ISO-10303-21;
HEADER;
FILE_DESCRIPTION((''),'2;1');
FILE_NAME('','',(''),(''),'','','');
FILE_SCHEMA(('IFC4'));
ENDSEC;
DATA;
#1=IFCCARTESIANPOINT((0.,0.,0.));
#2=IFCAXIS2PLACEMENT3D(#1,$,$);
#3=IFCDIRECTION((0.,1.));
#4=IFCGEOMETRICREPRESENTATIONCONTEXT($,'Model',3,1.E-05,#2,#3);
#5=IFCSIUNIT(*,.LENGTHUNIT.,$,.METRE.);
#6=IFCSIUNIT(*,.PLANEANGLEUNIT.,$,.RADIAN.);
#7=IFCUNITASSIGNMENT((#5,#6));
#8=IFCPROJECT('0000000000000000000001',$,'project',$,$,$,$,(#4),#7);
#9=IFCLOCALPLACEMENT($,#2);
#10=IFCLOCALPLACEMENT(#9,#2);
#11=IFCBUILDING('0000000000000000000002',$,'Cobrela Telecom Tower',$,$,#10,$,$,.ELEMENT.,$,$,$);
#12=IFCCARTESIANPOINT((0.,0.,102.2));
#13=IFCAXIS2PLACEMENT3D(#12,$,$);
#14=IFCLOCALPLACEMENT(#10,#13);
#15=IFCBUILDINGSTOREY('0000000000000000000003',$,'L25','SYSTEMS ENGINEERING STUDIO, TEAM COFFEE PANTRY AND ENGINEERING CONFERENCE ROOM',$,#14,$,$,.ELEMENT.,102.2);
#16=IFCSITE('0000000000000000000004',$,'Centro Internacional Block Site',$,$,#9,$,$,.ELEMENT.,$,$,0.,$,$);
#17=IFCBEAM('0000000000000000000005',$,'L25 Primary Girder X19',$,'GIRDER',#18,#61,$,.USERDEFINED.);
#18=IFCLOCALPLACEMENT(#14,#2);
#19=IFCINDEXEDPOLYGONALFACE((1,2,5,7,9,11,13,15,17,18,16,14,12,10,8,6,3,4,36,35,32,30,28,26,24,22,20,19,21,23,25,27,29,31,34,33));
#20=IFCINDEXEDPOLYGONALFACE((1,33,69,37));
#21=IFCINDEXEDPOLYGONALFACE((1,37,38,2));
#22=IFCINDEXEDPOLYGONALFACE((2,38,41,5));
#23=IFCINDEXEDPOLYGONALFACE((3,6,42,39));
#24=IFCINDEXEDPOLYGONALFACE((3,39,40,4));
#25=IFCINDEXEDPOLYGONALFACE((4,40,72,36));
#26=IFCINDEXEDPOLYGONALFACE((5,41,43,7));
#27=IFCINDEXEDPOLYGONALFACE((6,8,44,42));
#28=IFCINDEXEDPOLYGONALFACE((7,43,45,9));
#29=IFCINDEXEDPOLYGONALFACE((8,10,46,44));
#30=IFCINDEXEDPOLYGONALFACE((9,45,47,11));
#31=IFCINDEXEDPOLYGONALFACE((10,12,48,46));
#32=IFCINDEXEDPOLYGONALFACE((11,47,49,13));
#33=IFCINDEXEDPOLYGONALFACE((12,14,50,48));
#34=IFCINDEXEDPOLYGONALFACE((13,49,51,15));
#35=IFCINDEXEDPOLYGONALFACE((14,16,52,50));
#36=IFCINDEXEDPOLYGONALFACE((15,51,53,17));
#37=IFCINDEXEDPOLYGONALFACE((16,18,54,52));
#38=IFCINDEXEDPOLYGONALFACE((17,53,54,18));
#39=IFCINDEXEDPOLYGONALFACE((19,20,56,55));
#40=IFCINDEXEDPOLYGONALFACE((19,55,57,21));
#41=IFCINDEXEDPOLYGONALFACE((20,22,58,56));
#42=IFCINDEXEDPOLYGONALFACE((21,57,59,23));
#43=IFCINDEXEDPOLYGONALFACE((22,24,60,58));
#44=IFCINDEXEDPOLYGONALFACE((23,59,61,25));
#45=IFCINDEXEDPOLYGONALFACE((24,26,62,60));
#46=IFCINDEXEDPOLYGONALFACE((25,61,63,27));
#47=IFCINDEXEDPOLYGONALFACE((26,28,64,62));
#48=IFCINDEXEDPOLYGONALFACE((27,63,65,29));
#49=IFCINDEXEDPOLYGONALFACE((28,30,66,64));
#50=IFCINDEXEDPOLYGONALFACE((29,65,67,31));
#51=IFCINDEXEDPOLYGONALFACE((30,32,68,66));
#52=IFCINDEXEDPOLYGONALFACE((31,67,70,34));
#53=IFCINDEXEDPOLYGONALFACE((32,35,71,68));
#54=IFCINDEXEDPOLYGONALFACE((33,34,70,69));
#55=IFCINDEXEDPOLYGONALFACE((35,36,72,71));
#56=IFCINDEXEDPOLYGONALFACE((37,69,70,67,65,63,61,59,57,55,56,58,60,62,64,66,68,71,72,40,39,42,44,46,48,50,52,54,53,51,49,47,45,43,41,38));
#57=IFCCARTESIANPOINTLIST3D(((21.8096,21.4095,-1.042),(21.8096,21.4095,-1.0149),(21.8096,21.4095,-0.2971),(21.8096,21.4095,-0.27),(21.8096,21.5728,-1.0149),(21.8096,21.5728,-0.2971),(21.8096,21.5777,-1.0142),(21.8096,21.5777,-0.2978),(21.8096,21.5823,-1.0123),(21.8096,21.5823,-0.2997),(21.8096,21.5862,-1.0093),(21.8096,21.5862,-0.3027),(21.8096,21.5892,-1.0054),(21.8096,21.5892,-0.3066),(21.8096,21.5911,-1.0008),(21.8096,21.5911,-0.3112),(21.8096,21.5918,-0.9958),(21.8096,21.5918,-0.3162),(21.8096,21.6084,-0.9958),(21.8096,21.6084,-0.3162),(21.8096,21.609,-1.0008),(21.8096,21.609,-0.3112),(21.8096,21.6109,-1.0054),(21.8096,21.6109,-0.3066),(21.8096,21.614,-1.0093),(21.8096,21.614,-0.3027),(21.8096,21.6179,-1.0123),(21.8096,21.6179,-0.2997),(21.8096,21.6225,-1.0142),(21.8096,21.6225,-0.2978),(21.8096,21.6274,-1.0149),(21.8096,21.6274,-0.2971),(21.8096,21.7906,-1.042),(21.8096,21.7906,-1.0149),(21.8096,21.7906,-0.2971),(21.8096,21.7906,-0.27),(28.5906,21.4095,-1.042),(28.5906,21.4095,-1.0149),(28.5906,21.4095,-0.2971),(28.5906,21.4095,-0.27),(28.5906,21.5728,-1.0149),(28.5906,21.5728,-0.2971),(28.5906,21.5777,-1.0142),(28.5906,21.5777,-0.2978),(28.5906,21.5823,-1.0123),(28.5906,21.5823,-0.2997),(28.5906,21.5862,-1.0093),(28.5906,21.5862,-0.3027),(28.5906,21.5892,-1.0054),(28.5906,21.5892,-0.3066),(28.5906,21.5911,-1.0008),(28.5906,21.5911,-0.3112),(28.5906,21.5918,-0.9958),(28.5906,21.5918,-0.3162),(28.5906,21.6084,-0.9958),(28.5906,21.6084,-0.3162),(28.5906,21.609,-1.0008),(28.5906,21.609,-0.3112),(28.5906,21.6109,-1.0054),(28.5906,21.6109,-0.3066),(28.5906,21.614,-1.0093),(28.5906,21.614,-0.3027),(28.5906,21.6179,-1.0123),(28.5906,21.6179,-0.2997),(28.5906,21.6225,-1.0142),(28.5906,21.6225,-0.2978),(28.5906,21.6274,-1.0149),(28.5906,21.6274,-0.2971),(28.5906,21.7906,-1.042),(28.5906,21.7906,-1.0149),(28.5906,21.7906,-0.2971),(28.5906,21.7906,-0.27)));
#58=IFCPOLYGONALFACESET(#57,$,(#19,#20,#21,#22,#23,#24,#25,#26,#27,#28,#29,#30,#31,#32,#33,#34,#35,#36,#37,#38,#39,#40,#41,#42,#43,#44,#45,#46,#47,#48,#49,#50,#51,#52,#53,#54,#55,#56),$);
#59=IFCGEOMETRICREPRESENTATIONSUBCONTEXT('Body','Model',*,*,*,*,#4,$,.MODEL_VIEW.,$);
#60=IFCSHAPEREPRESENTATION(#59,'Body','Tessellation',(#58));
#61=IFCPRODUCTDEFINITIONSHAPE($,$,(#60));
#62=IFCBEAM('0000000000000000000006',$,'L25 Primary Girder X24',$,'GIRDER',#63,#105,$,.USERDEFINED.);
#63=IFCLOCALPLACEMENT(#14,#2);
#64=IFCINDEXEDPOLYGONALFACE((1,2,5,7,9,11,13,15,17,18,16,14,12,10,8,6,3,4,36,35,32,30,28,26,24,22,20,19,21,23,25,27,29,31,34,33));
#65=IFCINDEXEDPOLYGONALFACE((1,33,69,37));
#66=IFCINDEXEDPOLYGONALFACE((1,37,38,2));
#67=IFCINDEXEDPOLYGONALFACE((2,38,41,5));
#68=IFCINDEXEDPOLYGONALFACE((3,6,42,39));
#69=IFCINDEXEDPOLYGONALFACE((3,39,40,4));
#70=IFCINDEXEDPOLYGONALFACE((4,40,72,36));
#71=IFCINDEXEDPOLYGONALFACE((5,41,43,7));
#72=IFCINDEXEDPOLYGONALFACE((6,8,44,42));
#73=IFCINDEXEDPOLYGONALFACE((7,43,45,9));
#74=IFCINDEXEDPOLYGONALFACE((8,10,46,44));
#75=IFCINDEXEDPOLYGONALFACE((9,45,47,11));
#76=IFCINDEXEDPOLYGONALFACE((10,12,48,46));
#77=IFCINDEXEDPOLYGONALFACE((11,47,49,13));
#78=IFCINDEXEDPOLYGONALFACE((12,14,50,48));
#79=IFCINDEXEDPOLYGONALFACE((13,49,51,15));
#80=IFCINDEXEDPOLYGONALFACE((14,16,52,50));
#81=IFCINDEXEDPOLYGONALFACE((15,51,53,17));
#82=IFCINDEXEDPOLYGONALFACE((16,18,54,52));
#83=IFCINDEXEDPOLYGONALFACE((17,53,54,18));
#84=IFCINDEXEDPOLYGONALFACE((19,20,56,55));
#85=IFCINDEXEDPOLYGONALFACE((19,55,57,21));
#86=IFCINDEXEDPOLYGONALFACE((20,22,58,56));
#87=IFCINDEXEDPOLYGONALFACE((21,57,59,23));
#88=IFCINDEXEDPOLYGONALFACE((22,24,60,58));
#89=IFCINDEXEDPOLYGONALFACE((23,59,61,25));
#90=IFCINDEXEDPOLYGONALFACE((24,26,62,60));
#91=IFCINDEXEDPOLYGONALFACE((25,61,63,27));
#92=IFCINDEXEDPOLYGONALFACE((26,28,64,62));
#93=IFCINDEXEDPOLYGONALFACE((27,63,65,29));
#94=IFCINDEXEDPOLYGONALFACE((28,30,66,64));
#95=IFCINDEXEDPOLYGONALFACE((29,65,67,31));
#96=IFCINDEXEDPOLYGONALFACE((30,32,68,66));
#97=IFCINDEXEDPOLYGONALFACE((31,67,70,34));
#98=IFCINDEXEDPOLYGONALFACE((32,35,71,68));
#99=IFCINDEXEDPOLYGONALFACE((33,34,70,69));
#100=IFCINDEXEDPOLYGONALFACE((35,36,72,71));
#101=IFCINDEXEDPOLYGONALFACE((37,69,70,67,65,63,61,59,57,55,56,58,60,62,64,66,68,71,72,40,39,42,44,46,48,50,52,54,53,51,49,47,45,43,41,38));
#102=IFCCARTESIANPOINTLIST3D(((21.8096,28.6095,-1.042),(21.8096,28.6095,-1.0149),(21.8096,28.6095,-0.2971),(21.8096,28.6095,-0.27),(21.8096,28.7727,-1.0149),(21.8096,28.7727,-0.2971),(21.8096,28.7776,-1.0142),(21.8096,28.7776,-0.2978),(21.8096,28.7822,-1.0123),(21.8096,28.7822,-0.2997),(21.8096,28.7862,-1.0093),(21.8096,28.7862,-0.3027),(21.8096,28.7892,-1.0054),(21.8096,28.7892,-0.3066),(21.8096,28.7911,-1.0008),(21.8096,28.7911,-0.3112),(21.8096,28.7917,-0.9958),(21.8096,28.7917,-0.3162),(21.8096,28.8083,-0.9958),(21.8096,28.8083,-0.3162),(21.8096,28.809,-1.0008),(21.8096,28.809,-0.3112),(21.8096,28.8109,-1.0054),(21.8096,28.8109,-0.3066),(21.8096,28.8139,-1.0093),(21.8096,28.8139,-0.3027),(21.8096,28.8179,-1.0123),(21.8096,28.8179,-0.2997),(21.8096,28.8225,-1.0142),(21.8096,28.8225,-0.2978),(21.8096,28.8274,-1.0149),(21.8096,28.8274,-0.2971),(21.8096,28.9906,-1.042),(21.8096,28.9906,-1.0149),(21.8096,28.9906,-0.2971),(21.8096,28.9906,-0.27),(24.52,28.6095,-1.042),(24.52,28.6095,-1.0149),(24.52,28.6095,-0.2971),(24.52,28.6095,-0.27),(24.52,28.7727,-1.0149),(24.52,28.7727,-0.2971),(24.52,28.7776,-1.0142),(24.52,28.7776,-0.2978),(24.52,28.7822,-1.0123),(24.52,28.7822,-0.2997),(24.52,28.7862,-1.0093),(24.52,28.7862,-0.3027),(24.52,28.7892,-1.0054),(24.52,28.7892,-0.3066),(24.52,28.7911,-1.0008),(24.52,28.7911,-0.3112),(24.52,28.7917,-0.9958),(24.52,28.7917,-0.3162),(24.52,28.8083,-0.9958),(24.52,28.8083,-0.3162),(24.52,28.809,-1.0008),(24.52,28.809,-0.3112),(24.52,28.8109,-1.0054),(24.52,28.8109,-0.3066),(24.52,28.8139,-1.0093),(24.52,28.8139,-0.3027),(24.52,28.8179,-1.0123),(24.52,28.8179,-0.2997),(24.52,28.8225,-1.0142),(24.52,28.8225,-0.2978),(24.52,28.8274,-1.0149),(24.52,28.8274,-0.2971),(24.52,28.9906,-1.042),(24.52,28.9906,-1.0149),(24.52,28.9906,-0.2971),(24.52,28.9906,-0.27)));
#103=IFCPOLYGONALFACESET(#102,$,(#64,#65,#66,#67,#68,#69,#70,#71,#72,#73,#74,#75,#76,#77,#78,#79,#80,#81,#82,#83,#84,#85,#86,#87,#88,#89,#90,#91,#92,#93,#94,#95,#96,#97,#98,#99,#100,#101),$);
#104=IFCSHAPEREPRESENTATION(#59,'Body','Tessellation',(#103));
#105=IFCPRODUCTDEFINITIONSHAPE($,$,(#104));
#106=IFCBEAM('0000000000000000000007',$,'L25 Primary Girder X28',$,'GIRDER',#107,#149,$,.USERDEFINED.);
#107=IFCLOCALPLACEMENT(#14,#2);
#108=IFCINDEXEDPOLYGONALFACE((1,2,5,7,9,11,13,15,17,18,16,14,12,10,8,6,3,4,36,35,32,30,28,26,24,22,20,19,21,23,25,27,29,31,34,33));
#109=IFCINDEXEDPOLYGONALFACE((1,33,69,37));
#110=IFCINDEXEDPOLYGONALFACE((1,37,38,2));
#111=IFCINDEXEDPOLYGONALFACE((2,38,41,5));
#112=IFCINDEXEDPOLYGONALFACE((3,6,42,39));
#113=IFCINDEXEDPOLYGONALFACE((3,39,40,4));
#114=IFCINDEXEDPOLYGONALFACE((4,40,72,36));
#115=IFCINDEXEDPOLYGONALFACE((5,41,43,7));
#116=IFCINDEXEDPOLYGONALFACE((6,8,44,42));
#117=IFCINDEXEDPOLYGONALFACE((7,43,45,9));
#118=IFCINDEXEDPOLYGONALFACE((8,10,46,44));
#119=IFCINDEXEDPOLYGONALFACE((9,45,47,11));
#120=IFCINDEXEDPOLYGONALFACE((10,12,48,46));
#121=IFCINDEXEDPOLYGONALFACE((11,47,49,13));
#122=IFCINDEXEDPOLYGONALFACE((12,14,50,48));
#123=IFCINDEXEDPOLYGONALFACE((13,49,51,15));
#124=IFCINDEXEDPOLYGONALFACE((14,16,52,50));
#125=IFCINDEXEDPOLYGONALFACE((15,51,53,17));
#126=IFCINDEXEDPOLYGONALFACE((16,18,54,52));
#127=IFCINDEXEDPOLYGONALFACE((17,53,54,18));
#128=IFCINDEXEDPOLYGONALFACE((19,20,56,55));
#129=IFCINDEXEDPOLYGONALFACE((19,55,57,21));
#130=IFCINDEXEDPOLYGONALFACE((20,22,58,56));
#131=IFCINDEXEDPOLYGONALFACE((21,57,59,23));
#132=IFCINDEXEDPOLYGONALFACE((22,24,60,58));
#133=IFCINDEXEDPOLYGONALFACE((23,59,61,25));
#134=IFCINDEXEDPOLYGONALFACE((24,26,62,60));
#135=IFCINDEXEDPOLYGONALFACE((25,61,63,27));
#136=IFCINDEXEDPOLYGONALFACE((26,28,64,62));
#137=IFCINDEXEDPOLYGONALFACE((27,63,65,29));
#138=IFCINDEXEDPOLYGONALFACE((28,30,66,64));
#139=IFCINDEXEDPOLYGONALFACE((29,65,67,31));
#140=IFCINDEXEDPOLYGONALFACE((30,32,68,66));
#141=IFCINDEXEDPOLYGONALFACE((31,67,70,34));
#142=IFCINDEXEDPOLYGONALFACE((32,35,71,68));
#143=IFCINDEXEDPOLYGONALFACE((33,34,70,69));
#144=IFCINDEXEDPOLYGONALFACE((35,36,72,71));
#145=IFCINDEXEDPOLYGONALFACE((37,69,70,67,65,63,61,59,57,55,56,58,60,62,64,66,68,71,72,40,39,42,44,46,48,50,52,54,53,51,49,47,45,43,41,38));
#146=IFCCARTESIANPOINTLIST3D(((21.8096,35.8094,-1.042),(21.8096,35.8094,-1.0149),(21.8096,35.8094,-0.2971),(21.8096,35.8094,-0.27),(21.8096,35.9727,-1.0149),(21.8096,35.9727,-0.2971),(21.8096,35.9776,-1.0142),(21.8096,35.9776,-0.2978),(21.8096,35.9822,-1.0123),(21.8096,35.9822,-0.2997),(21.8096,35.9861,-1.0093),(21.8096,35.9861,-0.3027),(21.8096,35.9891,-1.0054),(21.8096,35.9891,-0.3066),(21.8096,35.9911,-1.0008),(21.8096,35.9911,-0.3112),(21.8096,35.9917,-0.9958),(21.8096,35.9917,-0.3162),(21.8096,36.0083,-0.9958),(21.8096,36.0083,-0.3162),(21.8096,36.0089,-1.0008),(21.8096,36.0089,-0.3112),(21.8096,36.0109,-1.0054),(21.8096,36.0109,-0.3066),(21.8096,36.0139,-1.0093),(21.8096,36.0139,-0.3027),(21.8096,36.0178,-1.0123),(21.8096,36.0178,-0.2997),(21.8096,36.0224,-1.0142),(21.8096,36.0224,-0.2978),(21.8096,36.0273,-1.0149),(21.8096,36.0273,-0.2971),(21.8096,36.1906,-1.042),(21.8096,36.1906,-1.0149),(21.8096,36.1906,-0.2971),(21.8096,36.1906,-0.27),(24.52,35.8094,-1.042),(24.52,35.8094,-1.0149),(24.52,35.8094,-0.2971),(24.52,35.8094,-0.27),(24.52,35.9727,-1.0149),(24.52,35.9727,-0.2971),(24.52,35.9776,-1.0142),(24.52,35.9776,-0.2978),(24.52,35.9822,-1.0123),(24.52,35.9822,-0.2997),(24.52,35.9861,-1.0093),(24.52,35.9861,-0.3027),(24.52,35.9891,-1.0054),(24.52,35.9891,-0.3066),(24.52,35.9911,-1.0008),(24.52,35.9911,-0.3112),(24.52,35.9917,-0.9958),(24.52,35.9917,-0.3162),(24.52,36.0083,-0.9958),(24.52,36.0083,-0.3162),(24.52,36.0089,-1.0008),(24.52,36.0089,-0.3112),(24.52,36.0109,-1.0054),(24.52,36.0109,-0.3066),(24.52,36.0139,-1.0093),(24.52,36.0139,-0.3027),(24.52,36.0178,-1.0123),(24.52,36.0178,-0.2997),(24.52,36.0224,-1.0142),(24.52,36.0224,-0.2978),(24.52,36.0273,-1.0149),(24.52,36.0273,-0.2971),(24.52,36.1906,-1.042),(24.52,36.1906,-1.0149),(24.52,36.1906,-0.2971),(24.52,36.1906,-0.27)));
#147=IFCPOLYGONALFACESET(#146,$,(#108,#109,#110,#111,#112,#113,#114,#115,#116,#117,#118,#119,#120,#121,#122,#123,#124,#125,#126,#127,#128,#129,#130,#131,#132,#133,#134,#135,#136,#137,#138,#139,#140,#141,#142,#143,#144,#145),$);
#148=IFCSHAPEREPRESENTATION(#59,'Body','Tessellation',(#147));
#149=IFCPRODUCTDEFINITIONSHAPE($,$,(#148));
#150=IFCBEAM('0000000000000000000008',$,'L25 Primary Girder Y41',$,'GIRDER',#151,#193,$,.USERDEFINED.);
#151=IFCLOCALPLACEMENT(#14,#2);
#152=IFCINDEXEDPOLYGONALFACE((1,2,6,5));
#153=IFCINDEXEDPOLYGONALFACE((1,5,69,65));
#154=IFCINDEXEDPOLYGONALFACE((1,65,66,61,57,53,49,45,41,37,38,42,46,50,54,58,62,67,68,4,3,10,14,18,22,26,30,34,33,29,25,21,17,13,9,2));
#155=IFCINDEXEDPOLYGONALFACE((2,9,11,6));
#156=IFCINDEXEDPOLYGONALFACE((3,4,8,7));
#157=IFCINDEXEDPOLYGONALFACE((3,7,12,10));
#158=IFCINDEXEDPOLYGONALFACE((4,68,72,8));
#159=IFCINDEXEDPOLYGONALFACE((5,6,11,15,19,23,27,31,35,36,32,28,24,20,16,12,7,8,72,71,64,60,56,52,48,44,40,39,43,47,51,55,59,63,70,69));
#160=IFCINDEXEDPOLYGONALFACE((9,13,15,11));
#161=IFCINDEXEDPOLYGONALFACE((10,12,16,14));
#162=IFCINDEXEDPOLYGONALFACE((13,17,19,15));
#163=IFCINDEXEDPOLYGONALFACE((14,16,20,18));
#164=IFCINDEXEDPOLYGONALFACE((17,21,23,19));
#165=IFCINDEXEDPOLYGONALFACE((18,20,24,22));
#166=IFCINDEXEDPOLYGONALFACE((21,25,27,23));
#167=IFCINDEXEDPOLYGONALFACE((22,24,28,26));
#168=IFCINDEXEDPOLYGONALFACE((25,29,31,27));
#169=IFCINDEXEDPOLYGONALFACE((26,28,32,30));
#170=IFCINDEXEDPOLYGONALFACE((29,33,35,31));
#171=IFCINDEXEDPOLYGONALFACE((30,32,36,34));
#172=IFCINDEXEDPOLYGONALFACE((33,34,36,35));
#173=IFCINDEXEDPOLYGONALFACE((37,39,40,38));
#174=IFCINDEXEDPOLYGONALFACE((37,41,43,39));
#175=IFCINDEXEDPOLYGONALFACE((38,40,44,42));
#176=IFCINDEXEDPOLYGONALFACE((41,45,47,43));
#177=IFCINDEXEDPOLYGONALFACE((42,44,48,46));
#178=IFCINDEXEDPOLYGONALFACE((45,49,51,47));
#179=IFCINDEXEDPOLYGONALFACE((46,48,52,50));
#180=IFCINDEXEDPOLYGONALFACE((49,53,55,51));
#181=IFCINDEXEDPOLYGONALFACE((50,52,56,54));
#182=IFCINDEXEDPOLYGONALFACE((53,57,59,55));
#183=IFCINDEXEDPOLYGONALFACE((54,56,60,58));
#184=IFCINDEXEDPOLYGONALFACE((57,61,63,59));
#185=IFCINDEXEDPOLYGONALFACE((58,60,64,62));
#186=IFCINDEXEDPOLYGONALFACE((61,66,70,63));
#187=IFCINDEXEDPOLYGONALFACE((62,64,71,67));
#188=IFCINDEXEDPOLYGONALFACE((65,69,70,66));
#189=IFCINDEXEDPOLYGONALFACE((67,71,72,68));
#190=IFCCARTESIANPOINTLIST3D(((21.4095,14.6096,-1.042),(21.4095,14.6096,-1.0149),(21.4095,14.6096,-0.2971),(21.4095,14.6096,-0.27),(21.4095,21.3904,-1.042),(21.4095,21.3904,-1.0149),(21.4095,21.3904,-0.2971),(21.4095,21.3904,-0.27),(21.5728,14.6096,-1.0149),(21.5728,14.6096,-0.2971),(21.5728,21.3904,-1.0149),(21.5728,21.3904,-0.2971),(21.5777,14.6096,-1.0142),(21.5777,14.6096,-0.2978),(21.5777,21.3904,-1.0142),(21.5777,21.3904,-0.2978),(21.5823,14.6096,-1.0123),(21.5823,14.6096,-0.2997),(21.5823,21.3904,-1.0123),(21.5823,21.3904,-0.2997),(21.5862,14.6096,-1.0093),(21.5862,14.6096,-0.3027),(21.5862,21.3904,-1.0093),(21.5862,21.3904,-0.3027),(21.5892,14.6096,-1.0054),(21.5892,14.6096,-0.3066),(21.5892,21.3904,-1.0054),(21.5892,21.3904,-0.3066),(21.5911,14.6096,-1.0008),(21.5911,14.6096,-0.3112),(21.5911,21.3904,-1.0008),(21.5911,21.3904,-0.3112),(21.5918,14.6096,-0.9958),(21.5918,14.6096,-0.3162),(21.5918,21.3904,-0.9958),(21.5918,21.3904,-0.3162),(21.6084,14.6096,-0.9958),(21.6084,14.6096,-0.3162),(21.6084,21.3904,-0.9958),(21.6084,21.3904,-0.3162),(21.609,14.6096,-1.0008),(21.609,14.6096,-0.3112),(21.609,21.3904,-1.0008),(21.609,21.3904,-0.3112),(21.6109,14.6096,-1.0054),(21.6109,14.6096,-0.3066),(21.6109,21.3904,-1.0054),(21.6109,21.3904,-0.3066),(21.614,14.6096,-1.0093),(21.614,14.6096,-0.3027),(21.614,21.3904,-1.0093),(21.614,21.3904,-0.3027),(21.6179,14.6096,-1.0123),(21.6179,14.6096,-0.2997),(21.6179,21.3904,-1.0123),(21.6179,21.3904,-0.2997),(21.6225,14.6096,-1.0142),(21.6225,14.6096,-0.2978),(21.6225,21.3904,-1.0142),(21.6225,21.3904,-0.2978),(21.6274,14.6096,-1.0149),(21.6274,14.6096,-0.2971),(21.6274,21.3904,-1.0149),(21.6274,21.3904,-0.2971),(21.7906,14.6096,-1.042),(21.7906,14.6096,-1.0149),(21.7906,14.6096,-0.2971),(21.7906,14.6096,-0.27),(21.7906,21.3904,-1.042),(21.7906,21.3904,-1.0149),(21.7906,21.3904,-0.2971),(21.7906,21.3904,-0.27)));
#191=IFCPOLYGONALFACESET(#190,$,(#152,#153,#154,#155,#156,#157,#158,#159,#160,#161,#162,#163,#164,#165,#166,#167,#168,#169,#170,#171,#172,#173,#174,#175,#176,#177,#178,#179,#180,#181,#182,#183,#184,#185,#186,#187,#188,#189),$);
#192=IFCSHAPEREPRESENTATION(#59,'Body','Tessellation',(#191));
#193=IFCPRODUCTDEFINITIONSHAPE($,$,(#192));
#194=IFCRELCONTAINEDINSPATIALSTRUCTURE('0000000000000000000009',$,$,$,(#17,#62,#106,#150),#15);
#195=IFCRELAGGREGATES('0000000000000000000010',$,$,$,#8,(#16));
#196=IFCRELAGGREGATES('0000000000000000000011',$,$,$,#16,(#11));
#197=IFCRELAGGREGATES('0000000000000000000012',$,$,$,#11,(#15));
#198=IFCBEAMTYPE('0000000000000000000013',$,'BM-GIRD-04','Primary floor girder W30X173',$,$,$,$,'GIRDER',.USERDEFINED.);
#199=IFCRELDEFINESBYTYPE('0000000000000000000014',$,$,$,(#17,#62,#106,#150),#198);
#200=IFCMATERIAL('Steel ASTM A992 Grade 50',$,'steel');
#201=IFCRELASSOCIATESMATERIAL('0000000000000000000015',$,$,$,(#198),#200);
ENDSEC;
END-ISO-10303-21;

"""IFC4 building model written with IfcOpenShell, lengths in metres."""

from ifc_helpers import new_model, si_unit, direction, frame, origin, origin_2d, place, context, subcontext, project, spatial, i_section, extrude, material, material_profile, profile_set, type_object, element, save


model = new_model("IFC4")

# Units and contexts
model_context = context("Model", 3, precision=1e-05, world=origin(), true_north=direction((0.0, 1.0)))
body_context = subcontext(model_context, "Body", "Model", "MODEL_VIEW")
ifc_project = project(units=[si_unit("LENGTHUNIT", "METRE"), si_unit("PLANEANGLEUNIT", "RADIAN")], contexts=[model_context])

# Site, building, storey
site_placement = place(None, origin())
site = spatial("IfcSite", under=ifc_project, at=site_placement, Name="Centro Internacional Block Site", CompositionType="ELEMENT", RefElevation=0.0)
building_placement = place(site_placement, origin())
building = spatial("IfcBuilding", under=site, at=building_placement, Name="Cobrela Telecom Tower", CompositionType="ELEMENT")
storey_placement = place(building_placement, frame((0.0, 0.0, 102.2)))
storey = spatial("IfcBuildingStorey", under=building, at=storey_placement, Name="L25", Description="SYSTEMS ENGINEERING STUDIO, TEAM COFFEE PANTRY AND ENGINEERING CONFERENCE ROOM", CompositionType="ELEMENT", Elevation=102.2)

# Shared definitions
ifc_material_1 = material(Name="Steel ASTM A992 Grade 50", Category="steel")

# Beams
ifc_material_profile_1 = material_profile(ifc_material_1, i_section(OverallWidth=0.3811, OverallDepth=0.772, WebThickness=0.0166, FlangeThickness=0.0271, FilletRadius=0.019, at=origin_2d()), Name="W30X173")
ifc_profile_set_1 = profile_set([ifc_material_profile_1], Name="Steel ASTM A992 Grade 50")
beam_type_1 = type_object("IfcBeamType", Name="BM-GIRD-04", Description="Primary floor girder W30X173", ElementType="GIRDER", PredefinedType="USERDEFINED", material=ifc_profile_set_1)
beam_1_placement = place(storey_placement, frame((21.8096, 21.6001, -0.656), z_axis=(1.0, 0.0, 0.0), x_axis=(0.0, 1.0, 0.0)))
element("IfcBeam", 1, at=beam_1_placement, inside=storey, type_object=beam_type_1, Name="L25 Primary Girder X19", ObjectType="GIRDER", PredefinedType="USERDEFINED", context=body_context, shape_type="SweptSolid", body=[
    extrude(i_section(OverallWidth=0.3811, OverallDepth=0.772, WebThickness=0.0166, FlangeThickness=0.0271, FilletRadius=0.019, at=origin_2d()), origin(), (0.0, 0.0, 1.0), 6.781),
])
for number, where, z_axis, x_axis, name in (
    (2, (21.8096, 28.8, -0.656), (1.0, 0.0, 0.0), (0.0, 1.0, 0.0), "L25 Primary Girder X24"),
    (3, (21.8096, 36.0, -0.656), (1.0, 0.0, 0.0), (0.0, 1.0, 0.0), "L25 Primary Girder X28"),
):
    element("IfcBeam", number, at=place(storey_placement, frame(where, z_axis=z_axis, x_axis=x_axis)), inside=storey, type_object=beam_type_1, Name=name, ObjectType="GIRDER", PredefinedType="USERDEFINED", context=body_context, shape_type="SweptSolid", body=[
        extrude(i_section(OverallWidth=0.3811, OverallDepth=0.772, WebThickness=0.0166, FlangeThickness=0.0271, FilletRadius=0.019, at=origin_2d()), origin(), (0.0, 0.0, 1.0), 2.7104),
    ])
beam_2_placement = place(storey_placement, frame((21.6001, 14.6096, -0.656), z_axis=(0.0, 1.0, 0.0), x_axis=(-1.0, 0.0, 0.0)))
element("IfcBeam", 4, at=beam_2_placement, inside=storey, type_object=beam_type_1, Name="L25 Primary Girder Y41", ObjectType="GIRDER", PredefinedType="USERDEFINED", context=body_context, shape_type="SweptSolid", body=[
    extrude(i_section(OverallWidth=0.3811, OverallDepth=0.772, WebThickness=0.0166, FlangeThickness=0.0271, FilletRadius=0.019, at=origin_2d()), origin(), (0.0, 0.0, 1.0), 6.7808),
])

save(model, "model.ifc")
